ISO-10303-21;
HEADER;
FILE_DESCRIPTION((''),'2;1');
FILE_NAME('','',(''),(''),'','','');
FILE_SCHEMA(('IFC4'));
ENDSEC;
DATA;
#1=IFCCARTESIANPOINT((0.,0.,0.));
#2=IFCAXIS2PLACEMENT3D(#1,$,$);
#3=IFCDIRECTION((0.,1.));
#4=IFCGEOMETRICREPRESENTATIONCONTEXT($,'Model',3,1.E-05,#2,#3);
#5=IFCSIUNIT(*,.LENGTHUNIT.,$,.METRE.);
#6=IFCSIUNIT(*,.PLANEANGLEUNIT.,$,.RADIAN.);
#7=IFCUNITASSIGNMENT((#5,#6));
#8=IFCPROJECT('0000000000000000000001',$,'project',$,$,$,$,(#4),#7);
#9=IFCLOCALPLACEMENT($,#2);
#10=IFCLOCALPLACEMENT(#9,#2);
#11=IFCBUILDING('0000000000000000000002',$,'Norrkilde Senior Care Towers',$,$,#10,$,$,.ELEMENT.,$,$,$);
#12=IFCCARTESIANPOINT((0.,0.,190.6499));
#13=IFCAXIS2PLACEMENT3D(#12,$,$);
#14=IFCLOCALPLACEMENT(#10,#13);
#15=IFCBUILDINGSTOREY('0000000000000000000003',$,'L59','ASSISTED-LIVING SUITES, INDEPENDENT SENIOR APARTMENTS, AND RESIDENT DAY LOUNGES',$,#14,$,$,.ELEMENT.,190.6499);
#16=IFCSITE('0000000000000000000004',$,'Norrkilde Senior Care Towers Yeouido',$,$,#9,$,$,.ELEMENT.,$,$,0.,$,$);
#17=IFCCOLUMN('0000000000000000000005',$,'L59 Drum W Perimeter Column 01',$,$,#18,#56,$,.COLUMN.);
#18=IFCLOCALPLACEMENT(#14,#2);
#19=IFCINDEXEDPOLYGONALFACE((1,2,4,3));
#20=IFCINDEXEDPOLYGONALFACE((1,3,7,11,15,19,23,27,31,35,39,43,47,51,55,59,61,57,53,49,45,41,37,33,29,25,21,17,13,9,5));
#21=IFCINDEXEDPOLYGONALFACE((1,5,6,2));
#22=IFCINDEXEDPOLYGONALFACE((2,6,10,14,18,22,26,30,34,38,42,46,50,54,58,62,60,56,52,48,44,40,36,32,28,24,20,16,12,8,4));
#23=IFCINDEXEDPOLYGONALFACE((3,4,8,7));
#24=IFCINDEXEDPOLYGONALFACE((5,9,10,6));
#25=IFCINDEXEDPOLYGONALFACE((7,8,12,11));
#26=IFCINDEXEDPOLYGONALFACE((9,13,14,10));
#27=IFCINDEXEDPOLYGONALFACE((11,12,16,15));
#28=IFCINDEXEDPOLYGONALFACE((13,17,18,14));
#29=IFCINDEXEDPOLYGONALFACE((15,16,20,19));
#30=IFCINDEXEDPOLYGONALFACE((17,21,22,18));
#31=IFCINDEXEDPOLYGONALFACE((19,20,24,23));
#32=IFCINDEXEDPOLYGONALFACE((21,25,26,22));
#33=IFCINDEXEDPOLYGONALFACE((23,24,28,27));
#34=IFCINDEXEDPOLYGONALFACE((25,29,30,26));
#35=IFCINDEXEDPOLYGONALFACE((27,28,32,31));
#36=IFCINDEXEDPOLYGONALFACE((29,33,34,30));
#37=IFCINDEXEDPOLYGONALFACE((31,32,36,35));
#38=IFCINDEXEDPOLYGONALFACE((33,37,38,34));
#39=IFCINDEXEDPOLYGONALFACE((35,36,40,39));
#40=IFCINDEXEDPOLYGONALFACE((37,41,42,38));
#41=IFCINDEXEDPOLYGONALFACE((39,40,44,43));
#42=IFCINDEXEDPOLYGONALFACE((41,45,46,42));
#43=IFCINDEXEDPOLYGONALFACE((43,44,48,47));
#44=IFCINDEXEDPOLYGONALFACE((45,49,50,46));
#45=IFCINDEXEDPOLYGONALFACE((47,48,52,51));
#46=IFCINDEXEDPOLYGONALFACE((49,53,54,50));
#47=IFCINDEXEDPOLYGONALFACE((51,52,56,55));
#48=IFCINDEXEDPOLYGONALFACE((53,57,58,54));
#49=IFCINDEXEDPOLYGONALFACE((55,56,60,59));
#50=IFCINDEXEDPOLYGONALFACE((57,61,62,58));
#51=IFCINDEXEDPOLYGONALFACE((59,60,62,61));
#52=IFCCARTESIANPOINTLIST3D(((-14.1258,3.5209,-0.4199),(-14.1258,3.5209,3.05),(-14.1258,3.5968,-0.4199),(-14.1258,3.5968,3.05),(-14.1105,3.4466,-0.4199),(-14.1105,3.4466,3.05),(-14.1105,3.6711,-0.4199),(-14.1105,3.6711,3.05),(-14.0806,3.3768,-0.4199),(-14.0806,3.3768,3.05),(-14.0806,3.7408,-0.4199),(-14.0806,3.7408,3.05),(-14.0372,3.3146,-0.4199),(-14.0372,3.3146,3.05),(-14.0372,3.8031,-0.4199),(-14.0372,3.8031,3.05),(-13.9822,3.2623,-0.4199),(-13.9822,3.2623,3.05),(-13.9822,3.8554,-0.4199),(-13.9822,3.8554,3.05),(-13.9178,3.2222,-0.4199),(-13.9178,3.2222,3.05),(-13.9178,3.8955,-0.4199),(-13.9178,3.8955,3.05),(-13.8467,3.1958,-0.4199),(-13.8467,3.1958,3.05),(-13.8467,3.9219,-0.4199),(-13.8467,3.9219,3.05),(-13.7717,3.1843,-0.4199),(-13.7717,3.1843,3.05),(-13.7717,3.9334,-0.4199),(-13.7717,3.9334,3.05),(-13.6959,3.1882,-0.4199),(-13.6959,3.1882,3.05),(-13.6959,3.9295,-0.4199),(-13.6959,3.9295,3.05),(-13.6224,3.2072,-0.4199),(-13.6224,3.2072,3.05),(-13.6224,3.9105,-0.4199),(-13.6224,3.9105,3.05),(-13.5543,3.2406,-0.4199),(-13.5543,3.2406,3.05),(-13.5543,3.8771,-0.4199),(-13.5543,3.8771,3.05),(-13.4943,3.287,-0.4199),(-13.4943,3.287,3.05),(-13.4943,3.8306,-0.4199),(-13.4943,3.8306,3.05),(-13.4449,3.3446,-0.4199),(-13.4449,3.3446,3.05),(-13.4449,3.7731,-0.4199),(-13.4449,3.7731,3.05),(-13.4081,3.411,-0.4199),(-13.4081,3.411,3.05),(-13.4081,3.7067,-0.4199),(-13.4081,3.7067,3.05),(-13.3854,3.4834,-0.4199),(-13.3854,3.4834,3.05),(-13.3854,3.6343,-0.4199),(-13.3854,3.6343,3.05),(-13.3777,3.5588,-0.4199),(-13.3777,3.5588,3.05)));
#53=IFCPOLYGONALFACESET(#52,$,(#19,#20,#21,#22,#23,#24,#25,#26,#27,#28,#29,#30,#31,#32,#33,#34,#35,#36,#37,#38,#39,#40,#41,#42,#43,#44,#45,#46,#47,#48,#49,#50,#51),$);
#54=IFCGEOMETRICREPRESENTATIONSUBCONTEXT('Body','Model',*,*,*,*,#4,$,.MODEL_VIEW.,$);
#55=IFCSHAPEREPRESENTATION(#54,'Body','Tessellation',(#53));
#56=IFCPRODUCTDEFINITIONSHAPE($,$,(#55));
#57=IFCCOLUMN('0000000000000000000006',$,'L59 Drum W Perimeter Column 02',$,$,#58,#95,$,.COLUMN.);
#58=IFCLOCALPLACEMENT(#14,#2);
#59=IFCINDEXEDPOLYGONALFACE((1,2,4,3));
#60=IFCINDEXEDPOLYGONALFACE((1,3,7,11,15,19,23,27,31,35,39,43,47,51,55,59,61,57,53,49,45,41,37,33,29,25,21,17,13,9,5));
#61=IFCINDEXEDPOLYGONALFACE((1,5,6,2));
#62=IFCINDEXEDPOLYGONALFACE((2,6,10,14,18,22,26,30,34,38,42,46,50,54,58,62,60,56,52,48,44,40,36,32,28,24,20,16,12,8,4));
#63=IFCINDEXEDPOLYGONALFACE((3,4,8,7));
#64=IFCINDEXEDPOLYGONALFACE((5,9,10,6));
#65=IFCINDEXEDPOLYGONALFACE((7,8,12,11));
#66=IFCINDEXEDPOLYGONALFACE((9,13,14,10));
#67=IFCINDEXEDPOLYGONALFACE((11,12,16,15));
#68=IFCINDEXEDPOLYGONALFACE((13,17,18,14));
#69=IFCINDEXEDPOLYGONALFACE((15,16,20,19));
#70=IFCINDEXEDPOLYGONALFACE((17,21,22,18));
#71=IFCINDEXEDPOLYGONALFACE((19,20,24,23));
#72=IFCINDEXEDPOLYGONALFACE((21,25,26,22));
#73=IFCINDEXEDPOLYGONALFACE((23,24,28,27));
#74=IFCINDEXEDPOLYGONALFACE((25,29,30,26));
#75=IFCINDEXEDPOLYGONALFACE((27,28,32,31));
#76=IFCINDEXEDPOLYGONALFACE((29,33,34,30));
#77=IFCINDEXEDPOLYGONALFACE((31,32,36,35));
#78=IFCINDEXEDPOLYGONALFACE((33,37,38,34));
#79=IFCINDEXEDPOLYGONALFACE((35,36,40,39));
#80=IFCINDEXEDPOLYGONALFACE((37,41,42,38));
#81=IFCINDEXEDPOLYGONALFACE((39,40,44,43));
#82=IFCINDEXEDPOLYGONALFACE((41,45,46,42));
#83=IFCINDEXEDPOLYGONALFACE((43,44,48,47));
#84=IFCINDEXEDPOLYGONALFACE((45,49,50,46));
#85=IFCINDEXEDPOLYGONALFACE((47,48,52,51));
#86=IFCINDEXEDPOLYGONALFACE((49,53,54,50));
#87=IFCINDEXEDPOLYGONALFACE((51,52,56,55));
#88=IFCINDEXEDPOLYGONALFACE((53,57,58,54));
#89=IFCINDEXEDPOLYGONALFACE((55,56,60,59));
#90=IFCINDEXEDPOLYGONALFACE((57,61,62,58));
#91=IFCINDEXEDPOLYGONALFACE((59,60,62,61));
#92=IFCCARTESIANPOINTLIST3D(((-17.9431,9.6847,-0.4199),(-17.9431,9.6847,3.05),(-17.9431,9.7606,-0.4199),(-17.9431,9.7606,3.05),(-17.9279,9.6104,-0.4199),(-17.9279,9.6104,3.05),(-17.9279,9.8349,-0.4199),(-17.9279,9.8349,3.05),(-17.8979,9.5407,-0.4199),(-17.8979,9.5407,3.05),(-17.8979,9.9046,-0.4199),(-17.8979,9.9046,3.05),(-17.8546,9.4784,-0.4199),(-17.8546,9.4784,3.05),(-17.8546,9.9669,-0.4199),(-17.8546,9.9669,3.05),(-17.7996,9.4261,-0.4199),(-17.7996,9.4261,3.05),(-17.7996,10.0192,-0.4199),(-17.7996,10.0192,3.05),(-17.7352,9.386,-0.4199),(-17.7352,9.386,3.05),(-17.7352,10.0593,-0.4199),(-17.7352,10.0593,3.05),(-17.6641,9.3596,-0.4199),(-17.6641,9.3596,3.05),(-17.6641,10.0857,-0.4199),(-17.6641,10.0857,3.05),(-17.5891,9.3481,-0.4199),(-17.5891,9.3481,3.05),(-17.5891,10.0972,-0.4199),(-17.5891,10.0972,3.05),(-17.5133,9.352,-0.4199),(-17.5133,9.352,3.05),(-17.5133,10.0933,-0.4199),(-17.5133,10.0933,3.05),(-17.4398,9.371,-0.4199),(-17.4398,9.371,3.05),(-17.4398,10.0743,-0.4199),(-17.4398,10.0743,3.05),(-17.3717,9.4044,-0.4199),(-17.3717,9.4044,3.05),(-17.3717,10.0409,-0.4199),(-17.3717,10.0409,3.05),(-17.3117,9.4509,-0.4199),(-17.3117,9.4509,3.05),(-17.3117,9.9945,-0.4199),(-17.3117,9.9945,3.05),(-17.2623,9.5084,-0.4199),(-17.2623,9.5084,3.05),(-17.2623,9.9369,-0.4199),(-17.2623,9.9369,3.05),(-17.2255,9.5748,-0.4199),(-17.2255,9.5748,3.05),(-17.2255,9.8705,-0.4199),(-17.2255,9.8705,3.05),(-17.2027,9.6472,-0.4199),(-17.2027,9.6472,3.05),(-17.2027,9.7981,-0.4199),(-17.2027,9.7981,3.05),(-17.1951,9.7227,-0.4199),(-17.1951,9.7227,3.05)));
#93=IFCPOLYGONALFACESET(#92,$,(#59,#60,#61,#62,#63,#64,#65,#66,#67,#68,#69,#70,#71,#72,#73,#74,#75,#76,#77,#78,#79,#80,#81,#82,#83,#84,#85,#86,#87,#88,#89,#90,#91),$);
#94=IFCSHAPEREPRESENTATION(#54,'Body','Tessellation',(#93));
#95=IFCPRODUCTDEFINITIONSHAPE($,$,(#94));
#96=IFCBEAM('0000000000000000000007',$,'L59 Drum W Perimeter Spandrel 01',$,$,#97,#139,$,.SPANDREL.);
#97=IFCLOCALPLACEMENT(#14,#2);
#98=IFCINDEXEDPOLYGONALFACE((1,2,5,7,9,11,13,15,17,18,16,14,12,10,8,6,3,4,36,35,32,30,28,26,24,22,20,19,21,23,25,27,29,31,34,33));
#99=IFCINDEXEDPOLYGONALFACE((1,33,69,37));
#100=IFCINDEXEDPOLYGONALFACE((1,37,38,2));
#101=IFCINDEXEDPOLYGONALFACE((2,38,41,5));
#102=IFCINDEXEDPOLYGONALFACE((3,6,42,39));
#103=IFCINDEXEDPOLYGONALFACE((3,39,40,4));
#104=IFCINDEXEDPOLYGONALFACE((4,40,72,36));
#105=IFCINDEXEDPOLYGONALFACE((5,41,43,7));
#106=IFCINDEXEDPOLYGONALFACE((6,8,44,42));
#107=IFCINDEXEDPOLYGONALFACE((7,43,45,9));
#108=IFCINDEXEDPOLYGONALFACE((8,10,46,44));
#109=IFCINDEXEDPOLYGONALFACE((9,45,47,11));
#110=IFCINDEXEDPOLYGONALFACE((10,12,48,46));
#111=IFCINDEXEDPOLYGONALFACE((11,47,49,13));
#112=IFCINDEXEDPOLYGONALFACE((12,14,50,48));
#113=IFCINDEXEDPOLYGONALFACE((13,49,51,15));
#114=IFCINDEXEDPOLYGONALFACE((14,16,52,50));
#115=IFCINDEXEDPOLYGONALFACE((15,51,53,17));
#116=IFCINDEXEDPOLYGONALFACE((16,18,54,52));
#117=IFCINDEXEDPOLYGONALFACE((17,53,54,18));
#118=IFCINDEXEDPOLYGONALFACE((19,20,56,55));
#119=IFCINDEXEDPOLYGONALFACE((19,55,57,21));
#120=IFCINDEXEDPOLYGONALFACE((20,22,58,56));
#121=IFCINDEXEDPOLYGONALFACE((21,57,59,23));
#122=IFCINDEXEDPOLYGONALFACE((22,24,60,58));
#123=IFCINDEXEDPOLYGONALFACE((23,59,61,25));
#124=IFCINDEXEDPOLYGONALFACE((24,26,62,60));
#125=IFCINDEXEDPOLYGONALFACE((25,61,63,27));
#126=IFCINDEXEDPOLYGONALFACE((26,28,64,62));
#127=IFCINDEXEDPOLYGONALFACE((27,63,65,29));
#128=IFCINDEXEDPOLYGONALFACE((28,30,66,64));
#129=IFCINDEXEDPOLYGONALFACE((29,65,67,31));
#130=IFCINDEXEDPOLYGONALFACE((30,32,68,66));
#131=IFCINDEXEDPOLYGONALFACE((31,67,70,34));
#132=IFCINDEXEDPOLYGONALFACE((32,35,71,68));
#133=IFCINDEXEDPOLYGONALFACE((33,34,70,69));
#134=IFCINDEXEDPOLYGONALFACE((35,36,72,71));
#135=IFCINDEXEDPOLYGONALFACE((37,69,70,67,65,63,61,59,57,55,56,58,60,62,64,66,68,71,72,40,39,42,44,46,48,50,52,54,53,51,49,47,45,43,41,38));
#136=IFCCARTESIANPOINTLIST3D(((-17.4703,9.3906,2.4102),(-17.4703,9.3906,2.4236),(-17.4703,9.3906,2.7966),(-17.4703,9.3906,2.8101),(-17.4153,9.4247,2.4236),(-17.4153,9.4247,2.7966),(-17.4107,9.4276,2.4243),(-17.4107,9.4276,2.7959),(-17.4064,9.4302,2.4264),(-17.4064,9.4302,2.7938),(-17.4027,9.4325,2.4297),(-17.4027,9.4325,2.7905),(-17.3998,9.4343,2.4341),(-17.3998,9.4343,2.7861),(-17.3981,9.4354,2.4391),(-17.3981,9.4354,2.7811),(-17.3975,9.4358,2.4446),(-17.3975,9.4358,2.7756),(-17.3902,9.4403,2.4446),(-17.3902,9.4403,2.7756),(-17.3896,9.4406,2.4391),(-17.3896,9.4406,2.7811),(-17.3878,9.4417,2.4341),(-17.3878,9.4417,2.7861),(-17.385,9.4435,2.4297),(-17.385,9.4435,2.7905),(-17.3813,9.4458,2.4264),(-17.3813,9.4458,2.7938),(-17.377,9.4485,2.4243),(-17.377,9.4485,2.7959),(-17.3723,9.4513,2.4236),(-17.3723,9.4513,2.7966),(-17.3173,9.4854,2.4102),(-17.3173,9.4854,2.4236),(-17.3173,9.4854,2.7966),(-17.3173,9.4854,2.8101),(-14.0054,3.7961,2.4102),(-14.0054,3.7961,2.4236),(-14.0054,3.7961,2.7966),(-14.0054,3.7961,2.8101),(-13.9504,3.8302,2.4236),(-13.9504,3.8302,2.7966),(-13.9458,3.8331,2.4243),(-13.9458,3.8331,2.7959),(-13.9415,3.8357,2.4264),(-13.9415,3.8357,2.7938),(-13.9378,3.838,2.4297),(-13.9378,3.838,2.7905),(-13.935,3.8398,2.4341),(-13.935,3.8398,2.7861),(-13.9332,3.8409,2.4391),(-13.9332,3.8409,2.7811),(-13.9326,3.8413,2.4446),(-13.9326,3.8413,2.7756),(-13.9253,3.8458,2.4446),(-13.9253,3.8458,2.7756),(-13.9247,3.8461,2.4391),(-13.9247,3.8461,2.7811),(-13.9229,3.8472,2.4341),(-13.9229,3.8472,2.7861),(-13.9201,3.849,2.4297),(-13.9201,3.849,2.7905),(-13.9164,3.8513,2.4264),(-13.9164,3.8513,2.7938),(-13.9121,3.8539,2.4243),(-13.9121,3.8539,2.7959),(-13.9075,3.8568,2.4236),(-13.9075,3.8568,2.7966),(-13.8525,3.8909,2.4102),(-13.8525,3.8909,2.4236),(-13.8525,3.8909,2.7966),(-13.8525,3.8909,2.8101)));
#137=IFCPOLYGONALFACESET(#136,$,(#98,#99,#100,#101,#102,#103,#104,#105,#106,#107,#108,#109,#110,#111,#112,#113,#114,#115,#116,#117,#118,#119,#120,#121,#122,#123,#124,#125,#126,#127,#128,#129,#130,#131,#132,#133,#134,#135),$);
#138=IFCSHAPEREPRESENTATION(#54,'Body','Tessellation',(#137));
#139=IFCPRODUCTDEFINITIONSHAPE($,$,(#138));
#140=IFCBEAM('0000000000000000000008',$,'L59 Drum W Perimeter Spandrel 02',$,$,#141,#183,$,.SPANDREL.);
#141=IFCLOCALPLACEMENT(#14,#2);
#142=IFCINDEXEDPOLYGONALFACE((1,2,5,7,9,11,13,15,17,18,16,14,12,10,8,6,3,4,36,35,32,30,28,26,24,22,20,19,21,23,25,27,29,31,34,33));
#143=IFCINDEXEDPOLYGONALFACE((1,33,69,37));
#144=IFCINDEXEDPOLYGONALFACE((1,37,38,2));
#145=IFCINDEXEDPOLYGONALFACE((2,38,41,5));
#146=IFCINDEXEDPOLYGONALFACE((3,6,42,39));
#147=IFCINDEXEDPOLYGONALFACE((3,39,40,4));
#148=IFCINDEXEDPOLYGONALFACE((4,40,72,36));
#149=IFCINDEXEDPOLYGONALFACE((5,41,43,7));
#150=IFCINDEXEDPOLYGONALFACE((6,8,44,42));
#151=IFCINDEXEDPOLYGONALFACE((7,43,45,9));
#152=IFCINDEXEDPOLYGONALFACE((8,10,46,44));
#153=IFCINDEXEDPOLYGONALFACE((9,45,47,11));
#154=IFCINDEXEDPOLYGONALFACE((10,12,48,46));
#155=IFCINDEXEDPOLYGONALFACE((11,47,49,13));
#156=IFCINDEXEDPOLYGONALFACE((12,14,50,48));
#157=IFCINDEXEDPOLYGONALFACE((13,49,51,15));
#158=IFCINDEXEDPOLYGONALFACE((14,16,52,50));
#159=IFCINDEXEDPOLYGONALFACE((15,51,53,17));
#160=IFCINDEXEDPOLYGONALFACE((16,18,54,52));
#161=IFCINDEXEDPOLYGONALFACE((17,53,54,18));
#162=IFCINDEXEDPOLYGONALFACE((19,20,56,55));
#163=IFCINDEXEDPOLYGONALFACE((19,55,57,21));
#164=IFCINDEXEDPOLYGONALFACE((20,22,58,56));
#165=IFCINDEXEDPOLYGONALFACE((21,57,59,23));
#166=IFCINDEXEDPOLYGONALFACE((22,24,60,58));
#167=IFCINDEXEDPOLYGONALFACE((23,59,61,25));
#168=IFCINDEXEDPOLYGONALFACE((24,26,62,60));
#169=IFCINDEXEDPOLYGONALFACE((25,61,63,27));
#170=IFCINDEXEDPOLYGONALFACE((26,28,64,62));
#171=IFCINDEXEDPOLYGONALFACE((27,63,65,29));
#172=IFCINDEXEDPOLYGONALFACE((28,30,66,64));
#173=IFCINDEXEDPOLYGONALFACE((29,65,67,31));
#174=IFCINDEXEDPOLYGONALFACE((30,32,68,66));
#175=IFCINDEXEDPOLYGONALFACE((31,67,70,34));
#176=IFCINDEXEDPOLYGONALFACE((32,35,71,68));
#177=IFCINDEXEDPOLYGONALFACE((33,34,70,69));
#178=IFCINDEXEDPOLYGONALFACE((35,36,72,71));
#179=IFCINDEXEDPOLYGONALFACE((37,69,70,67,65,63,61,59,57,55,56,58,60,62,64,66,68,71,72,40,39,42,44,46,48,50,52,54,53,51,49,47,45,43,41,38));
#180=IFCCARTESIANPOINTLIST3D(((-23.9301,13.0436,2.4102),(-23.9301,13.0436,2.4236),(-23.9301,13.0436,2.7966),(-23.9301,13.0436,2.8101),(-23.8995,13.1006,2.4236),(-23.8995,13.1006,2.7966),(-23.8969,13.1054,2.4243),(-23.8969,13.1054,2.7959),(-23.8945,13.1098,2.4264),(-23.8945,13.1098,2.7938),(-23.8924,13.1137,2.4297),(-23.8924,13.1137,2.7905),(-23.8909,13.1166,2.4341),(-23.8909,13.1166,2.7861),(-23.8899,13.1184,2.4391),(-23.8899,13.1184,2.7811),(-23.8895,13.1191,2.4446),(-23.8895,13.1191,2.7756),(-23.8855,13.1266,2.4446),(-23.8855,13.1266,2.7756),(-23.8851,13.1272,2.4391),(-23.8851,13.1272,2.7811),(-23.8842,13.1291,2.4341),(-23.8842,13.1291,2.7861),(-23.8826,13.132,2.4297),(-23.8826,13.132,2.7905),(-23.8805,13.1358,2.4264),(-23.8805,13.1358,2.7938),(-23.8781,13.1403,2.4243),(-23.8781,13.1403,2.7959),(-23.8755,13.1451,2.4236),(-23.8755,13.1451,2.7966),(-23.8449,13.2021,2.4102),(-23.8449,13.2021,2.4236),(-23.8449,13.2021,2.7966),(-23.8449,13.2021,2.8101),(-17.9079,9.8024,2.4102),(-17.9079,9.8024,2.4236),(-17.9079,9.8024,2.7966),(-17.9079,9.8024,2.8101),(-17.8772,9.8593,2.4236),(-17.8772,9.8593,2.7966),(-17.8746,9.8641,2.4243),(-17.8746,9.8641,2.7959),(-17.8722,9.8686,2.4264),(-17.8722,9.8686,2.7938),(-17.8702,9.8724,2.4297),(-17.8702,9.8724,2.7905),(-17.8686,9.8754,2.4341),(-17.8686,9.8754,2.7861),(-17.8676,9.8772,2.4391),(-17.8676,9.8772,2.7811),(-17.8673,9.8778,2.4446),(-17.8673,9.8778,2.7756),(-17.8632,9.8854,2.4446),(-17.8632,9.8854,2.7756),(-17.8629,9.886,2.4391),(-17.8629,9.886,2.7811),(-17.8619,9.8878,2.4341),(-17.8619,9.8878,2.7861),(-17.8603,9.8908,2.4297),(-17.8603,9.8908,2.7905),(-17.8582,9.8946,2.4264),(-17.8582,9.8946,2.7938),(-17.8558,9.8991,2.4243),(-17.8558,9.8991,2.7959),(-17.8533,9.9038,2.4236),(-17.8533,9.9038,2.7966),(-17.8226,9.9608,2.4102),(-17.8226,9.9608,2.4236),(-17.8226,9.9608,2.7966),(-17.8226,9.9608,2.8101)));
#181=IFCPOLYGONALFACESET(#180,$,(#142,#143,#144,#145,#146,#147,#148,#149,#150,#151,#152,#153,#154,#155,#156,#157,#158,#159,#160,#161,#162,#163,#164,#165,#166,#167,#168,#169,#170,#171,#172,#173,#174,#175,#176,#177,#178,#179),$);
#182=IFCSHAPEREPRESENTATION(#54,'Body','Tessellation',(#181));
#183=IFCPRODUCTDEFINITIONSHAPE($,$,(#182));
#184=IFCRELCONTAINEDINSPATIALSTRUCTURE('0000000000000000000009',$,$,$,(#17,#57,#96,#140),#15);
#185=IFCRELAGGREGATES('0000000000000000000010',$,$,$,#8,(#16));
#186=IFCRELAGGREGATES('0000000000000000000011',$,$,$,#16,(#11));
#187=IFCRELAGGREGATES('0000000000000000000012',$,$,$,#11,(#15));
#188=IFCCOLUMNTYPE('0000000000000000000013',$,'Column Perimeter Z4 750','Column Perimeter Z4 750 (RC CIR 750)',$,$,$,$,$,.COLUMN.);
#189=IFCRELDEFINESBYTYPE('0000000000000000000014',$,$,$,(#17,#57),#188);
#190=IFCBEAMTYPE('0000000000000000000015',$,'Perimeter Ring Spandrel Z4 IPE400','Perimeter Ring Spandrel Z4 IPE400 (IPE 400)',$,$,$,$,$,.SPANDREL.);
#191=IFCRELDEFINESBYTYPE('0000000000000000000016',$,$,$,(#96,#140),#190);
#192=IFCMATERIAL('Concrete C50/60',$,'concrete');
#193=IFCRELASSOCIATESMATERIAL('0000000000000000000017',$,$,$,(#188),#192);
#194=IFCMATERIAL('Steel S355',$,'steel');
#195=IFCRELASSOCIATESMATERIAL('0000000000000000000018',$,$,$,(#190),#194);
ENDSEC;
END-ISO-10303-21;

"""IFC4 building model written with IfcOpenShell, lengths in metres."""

from ifc_helpers import new_model, si_unit, direction, frame, origin, origin_2d, place, context, subcontext, project, spatial, circle, i_section, extrude, source, transform, mapped, material, material_profile, profile_set, type_object, type_shapes, element, save


model = new_model("IFC4")

# Units and contexts
model_context = context("Model", 3, precision=1e-05, world=origin(), true_north=direction((0.0, 1.0)))
body_context = subcontext(model_context, "Body", "Model", "MODEL_VIEW")
ifc_project = project(units=[si_unit("LENGTHUNIT", "METRE"), si_unit("PLANEANGLEUNIT", "RADIAN")], contexts=[model_context])

# Site, building, storey
site_placement = place(None, origin())
site = spatial("IfcSite", under=ifc_project, at=site_placement, Name="Norrkilde Senior Care Towers Yeouido", CompositionType="ELEMENT", RefElevation=0.0)
building_placement = place(site_placement, origin())
building = spatial("IfcBuilding", under=site, at=building_placement, Name="Norrkilde Senior Care Towers", CompositionType="ELEMENT")
storey_placement = place(building_placement, frame((0.0, 0.0, 190.6499)))
storey = spatial("IfcBuildingStorey", under=building, at=storey_placement, Name="L59", Description="ASSISTED-LIVING SUITES, INDEPENDENT SENIOR APARTMENTS, AND RESIDENT DAY LOUNGES", CompositionType="ELEMENT", Elevation=190.6499)

# Columns
ifc_material_1 = material(Name="Concrete C50/60", Category="concrete")
ifc_material_profile_1 = material_profile(ifc_material_1, circle(Radius=0.375, at=origin_2d()), Name="RC CIR 750")
ifc_profile_set_1 = profile_set([ifc_material_profile_1], Name="Concrete C50/60")
column_type = type_object("IfcColumnType", Name="Column Perimeter Z4 750", Description="Column Perimeter Z4 750 (RC CIR 750)", PredefinedType="COLUMN", material=ifc_profile_set_1)
shared_shape_1 = source(origin(), body_context, "Body", "SweptSolid", [
    extrude(circle(Radius=0.375, at=origin_2d()), origin(), (0.0, 0.0, 1.0), 3.47),
])
type_shapes(column_type, [shared_shape_1])
for number, where, z_axis, x_axis, name in (
    (1, (-13.7527, 3.5588, -0.4199), (0.0, 0.0, 1.0), (1.0, 0.0, 0.0), "L59 Drum W Perimeter Column 01"),
    (2, (-17.5701, 9.7227, -0.4199), (0.0, 0.0, 1.0), (1.0, 0.0, 0.0), "L59 Drum W Perimeter Column 02"),
):
    element("IfcColumn", number, at=place(storey_placement, frame(where, z_axis=z_axis, x_axis=x_axis)), inside=storey, type_object=column_type, Name=name, PredefinedType="COLUMN", context=body_context, shape_type="MappedRepresentation", body=[
        mapped(shared_shape_1, transform((0.0, 0.0, 0.0), x_axis=(1.0, 0.0, 0.0), y_axis=(0.0, 1.0, 0.0), z_axis=(0.0, 0.0, 1.0), scale=1.0)),
    ])

# Beams
ifc_material_2 = material(Name="Steel S355", Category="steel")
ifc_material_profile_2 = material_profile(ifc_material_2, i_section(OverallWidth=0.1799, OverallDepth=0.3999, WebThickness=0.0085, FlangeThickness=0.0134, FilletRadius=0.021, at=origin_2d()), Name="IPE 400")
ifc_profile_set_2 = profile_set([ifc_material_profile_2], Name="Steel S355")
beam_type_1 = type_object("IfcBeamType", Name="Perimeter Ring Spandrel Z4 IPE400", Description="Perimeter Ring Spandrel Z4 IPE400 (IPE 400)", PredefinedType="SPANDREL", material=ifc_profile_set_2)
shared_shape_2 = source(origin(), body_context, "Body", "SweptSolid", [
    extrude(i_section(OverallWidth=0.1799, OverallDepth=0.3999, WebThickness=0.0085, FlangeThickness=0.0134, FilletRadius=0.021, at=origin_2d()), origin(), (0.0, 0.0, 1.0), 6.5806),
])
beam_1_placement = place(storey_placement, frame((-13.929, 3.8435, 2.6101), z_axis=(-0.52653, 0.850157, 0.0), x_axis=(-0.850157, -0.52653, 0.0)))
element("IfcBeam", 3, at=beam_1_placement, inside=storey, type_object=beam_type_1, Name="L59 Drum W Perimeter Spandrel 01", PredefinedType="SPANDREL", context=body_context, shape_type="MappedRepresentation", body=[
    mapped(shared_shape_2, transform((0.0, 0.0, 0.0), x_axis=(1.0, 0.0, 0.0), y_axis=(0.0, 1.0, 0.0), z_axis=(0.0, 0.0, 1.0), scale=1.0)),
])
shared_shape_3 = source(origin(), body_context, "Body", "SweptSolid", [
    extrude(i_section(OverallWidth=0.1799, OverallDepth=0.3999, WebThickness=0.0085, FlangeThickness=0.0134, FilletRadius=0.021, at=origin_2d()), origin(), (0.0, 0.0, 1.0), 6.8391),
])
type_shapes(beam_type_1, [shared_shape_2, shared_shape_3])
beam_2_placement = place(storey_placement, frame((-17.8652, 9.8816, 2.6101), z_axis=(-0.880564, 0.473927, 0.0), x_axis=(-0.473927, -0.880564, 0.0)))
element("IfcBeam", 4, at=beam_2_placement, inside=storey, type_object=beam_type_1, Name="L59 Drum W Perimeter Spandrel 02", PredefinedType="SPANDREL", context=body_context, shape_type="MappedRepresentation", body=[
    mapped(shared_shape_3, transform((0.0, 0.0, 0.0), x_axis=(1.0, 0.0, 0.0), y_axis=(0.0, 1.0, 0.0), z_axis=(0.0, 0.0, 1.0), scale=1.0)),
])

save(model, "model.ifc")
